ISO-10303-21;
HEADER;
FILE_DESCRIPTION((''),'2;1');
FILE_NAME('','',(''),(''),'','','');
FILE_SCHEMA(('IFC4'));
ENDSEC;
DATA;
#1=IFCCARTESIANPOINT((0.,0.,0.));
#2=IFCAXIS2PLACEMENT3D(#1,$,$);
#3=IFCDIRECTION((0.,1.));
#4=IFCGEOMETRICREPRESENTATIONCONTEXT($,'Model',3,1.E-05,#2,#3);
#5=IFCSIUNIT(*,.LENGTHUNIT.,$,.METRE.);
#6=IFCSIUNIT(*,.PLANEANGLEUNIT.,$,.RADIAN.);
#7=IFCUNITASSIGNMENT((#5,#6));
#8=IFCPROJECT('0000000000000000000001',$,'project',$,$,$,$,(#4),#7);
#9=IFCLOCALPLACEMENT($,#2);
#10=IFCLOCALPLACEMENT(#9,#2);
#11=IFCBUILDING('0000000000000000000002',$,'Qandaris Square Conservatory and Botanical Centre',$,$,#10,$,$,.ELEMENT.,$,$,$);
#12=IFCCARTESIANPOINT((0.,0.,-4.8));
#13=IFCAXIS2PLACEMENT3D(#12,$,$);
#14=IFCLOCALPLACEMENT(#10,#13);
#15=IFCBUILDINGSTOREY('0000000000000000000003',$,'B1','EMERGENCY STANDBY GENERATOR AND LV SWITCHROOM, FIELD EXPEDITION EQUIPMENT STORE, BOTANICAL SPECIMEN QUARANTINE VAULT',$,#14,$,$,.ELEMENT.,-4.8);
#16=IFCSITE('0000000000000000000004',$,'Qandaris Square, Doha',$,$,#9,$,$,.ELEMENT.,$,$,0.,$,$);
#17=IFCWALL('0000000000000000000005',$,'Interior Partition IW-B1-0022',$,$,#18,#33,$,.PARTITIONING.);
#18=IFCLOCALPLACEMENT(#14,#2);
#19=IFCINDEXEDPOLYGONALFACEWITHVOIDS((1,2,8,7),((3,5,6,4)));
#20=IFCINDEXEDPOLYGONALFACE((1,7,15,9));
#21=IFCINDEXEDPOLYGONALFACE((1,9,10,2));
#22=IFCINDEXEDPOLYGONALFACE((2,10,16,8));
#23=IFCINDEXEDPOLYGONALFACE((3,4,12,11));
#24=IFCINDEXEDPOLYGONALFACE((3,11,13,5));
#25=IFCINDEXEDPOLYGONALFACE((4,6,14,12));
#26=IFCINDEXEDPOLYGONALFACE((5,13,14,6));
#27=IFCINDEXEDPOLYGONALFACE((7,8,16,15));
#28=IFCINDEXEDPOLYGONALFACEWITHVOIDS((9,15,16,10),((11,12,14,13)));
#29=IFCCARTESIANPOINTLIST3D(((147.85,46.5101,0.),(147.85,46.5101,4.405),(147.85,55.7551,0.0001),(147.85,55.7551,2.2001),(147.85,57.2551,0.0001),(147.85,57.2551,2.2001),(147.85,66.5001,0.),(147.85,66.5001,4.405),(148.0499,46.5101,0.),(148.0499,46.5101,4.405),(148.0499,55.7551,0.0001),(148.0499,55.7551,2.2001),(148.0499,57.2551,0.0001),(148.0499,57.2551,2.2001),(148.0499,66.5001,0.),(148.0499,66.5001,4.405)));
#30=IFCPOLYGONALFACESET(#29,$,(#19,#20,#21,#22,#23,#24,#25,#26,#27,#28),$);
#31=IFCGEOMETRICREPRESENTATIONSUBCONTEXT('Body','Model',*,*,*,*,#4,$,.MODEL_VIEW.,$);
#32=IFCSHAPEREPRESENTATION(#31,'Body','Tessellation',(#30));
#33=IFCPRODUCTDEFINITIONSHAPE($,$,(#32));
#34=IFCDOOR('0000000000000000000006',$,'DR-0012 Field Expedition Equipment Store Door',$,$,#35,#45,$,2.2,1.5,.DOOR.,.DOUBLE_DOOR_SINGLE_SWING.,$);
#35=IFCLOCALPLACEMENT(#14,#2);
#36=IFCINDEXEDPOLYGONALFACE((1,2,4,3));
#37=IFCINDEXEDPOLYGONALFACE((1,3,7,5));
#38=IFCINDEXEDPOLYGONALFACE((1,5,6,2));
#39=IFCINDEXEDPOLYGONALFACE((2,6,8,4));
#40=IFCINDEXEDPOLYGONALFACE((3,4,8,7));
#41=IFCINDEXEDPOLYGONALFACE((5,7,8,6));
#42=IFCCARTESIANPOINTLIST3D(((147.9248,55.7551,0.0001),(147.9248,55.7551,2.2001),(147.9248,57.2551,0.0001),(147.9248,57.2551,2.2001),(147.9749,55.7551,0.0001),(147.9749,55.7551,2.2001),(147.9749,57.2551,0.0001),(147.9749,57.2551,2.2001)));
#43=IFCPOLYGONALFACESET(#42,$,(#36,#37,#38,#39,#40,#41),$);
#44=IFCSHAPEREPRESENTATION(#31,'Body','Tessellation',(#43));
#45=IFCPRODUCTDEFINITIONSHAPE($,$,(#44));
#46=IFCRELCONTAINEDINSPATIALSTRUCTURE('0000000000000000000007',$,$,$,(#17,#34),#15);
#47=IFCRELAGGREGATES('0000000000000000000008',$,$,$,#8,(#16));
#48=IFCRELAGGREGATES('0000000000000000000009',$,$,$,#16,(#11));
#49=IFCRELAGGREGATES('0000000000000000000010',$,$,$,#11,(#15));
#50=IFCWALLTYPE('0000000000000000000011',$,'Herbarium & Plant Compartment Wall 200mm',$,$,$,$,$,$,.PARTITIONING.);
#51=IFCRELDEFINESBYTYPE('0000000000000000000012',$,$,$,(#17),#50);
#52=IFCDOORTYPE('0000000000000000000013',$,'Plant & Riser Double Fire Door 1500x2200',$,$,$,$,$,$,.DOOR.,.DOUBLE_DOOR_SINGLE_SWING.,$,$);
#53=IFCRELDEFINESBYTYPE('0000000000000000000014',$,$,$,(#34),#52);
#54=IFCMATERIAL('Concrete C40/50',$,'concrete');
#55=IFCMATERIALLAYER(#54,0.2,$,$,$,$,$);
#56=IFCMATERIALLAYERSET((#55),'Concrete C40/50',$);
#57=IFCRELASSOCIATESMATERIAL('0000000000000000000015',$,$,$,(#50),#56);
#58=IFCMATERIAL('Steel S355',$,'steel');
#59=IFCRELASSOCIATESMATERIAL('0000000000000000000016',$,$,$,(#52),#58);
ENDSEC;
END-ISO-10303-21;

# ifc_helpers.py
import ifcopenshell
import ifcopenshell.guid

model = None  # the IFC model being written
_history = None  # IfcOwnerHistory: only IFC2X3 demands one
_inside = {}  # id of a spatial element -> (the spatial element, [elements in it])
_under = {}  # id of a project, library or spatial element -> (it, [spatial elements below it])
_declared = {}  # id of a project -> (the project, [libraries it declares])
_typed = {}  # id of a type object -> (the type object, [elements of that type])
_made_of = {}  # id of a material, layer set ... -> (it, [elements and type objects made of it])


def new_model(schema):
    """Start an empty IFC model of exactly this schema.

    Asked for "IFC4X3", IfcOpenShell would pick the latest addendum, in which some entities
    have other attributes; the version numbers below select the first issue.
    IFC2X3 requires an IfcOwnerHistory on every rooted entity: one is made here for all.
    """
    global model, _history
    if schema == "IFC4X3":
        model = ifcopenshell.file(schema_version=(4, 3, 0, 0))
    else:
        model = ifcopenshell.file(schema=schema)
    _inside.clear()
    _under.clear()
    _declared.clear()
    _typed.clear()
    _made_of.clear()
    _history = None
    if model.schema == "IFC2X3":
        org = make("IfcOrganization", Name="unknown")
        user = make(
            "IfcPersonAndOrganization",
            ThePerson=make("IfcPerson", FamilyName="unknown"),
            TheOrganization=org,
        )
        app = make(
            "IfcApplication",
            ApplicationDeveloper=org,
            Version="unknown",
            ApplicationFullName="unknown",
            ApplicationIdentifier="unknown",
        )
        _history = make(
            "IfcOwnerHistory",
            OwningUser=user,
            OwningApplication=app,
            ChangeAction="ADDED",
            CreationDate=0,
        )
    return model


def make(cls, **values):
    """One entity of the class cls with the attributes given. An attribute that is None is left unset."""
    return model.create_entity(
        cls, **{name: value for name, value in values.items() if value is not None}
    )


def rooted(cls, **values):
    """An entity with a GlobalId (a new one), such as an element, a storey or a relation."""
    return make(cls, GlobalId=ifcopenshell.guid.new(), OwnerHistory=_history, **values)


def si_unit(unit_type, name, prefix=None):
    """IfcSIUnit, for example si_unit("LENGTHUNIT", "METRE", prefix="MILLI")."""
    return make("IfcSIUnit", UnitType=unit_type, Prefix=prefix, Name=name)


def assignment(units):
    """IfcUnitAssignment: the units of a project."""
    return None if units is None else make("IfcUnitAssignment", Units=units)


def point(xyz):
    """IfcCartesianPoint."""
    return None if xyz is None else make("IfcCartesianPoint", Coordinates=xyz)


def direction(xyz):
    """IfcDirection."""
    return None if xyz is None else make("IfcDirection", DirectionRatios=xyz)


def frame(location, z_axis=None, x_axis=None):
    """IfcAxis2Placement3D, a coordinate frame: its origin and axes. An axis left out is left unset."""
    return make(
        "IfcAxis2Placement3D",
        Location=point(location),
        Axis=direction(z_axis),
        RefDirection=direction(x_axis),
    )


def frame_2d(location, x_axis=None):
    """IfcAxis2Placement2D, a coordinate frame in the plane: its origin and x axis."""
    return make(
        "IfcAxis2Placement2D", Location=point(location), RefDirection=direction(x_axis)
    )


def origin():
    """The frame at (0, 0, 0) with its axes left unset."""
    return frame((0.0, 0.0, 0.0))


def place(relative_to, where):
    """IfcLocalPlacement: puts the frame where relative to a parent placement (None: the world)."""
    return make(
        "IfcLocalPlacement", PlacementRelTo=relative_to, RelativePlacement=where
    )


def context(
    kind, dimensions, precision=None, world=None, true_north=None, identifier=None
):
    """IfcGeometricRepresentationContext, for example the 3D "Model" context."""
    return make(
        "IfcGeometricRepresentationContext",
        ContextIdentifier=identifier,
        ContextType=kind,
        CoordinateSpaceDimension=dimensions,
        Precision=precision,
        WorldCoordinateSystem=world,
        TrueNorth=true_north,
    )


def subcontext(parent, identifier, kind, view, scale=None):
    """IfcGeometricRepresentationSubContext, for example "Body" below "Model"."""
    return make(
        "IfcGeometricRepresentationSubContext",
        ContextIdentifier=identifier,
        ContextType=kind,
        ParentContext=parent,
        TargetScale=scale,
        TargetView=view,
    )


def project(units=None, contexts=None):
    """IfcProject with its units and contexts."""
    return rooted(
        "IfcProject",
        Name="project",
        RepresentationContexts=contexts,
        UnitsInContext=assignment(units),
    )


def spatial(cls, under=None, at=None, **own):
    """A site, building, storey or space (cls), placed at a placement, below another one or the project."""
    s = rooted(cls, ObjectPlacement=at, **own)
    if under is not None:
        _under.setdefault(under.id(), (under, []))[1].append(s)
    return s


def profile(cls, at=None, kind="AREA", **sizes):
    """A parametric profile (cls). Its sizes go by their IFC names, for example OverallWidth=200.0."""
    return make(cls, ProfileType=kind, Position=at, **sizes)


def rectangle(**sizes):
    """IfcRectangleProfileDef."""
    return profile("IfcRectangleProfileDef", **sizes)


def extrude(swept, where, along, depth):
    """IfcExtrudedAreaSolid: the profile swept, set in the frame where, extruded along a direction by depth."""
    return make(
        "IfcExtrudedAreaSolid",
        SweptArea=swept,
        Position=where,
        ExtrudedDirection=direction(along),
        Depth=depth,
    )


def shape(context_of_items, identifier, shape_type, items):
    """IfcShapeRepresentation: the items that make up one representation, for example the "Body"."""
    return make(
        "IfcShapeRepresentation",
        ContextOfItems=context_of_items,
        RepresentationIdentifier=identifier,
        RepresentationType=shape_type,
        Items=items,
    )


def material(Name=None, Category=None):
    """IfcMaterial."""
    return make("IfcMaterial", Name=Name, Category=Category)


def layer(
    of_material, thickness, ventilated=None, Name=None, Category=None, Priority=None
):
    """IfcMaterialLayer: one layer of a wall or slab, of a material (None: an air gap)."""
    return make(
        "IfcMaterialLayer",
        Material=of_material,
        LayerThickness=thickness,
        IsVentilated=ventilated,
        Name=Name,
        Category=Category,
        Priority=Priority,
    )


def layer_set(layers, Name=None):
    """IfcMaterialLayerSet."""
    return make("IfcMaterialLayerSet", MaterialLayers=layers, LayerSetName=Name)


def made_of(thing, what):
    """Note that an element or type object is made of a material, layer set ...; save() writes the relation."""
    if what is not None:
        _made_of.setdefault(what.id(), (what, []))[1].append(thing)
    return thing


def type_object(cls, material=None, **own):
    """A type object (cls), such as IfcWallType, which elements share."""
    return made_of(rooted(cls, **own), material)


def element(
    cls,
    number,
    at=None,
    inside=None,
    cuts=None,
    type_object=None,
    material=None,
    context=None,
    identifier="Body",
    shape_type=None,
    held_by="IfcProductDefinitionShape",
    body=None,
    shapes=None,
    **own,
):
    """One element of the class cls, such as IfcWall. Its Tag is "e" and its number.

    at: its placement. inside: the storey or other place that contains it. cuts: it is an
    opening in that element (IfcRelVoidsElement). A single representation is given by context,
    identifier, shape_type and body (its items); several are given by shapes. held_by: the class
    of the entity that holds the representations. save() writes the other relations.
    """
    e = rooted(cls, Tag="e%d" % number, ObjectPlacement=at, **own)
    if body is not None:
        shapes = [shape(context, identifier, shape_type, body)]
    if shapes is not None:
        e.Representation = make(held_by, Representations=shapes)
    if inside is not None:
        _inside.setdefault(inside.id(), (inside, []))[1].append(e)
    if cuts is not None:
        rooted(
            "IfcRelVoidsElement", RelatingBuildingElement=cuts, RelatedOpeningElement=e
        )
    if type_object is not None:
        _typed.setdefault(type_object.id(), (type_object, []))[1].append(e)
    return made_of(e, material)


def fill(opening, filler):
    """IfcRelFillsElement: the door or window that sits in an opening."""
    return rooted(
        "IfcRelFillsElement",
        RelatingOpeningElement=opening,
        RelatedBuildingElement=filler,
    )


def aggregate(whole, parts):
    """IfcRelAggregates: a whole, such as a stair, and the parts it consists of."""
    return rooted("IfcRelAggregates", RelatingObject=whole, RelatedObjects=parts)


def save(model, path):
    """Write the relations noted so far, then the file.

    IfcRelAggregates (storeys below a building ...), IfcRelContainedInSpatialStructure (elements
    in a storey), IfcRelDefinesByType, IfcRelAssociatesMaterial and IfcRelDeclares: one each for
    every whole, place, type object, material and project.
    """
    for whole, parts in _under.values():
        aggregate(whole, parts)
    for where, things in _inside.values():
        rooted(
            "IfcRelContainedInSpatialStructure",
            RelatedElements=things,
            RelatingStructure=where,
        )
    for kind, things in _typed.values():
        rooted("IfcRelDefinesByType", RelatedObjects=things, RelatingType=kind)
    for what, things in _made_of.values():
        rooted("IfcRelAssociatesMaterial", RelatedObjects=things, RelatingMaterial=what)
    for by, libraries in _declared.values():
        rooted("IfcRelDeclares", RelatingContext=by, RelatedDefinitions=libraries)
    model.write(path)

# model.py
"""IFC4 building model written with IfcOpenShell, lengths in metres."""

from ifc_helpers import new_model, si_unit, direction, frame, frame_2d, origin, place, context, subcontext, project, spatial, rectangle, extrude, material, layer, layer_set, type_object, element, fill, save


model = new_model("IFC4")

# Units and contexts
model_context = context("Model", 3, precision=1e-05, world=origin(), true_north=direction((0.0, 1.0)))
body_context = subcontext(model_context, "Body", "Model", "MODEL_VIEW")
ifc_project = project(units=[si_unit("LENGTHUNIT", "METRE"), si_unit("PLANEANGLEUNIT", "RADIAN")], contexts=[model_context])

# Site, building, storey
site_placement = place(None, origin())
site = spatial("IfcSite", under=ifc_project, at=site_placement, Name="Qandaris Square, Doha", CompositionType="ELEMENT", RefElevation=0.0)
building_placement = place(site_placement, origin())
building = spatial("IfcBuilding", under=site, at=building_placement, Name="Qandaris Square Conservatory and Botanical Centre", CompositionType="ELEMENT")
storey_placement = place(building_placement, frame((0.0, 0.0, -4.8)))
storey = spatial("IfcBuildingStorey", under=building, at=storey_placement, Name="B1", Description="EMERGENCY STANDBY GENERATOR AND LV SWITCHROOM, FIELD EXPEDITION EQUIPMENT STORE, BOTANICAL SPECIMEN QUARANTINE VAULT", CompositionType="ELEMENT", Elevation=-4.8)

# Shared definitions
ifc_material_1 = material(Name="Concrete C40/50", Category="concrete")

# Shared definitions
ifc_material_2 = material(Name="Steel S355", Category="steel")

# Wall, opening, door
ifc_layer_1 = layer(ifc_material_1, 0.2)
ifc_layer_set_1 = layer_set([ifc_layer_1], Name="Concrete C40/50")
wall_type_1 = type_object("IfcWallType", Name="Herbarium & Plant Compartment Wall 200mm", PredefinedType="PARTITIONING", material=ifc_layer_set_1)
wall_1_placement = place(storey_placement, frame((147.95, 46.51, 0.0), z_axis=(0.0, 0.0, 1.0), x_axis=(0.0, 1.0, 0.0)))
wall_1 = element("IfcWall", 1, at=wall_1_placement, inside=storey, type_object=wall_type_1, Name="Interior Partition IW-B1-0022", PredefinedType="PARTITIONING", context=body_context, shape_type="SweptSolid", body=[
    extrude(rectangle(XDim=19.99, YDim=0.2, at=frame_2d((9.9951, 0.0))), origin(), (0.0, 0.0, 1.0), 4.405),
])
opening_1_placement = place(wall_1_placement, frame((9.2451, 0.0, 0.0)))
opening_1 = element("IfcOpeningElement", 2, at=opening_1_placement, cuts=wall_1, PredefinedType="OPENING", context=body_context, shape_type="SweptSolid", body=[
    extrude(rectangle(XDim=1.5, YDim=2.2, at=frame_2d((0.75, 1.1001))), frame((0.0, 0.1118, 0.0), z_axis=(0.0, -1.0, 0.0), x_axis=(1.0, 0.0, 0.0)), (0.0, 0.0, 1.0), 0.2239),
])
door_type_1 = type_object("IfcDoorType", Name="Plant & Riser Double Fire Door 1500x2200", OperationType="DOUBLE_DOOR_SINGLE_SWING", PredefinedType="DOOR", material=ifc_material_2)
door_1_placement = place(opening_1_placement, frame((1.5, 0.0, 0.0), z_axis=(0.0, 0.0, 1.0), x_axis=(-1.0, 0.0, 0.0)))
door_1 = element("IfcDoor", 3, at=door_1_placement, inside=storey, type_object=door_type_1, Name="DR-0012 Field Expedition Equipment Store Door", OperationType="DOUBLE_DOOR_SINGLE_SWING", OverallHeight=2.2, OverallWidth=1.5, PredefinedType="DOOR", context=body_context, shape_type="SweptSolid", body=[
    extrude(rectangle(XDim=1.5, YDim=2.2, at=frame_2d((0.75, 1.1001))), frame((0.0, 0.0249, 0.0), z_axis=(0.0, -1.0, 0.0), x_axis=(1.0, 0.0, 0.0)), (0.0, 0.0, 1.0), 0.05),
])
fill(opening_1, door_1)

save(model, "model.ifc")
